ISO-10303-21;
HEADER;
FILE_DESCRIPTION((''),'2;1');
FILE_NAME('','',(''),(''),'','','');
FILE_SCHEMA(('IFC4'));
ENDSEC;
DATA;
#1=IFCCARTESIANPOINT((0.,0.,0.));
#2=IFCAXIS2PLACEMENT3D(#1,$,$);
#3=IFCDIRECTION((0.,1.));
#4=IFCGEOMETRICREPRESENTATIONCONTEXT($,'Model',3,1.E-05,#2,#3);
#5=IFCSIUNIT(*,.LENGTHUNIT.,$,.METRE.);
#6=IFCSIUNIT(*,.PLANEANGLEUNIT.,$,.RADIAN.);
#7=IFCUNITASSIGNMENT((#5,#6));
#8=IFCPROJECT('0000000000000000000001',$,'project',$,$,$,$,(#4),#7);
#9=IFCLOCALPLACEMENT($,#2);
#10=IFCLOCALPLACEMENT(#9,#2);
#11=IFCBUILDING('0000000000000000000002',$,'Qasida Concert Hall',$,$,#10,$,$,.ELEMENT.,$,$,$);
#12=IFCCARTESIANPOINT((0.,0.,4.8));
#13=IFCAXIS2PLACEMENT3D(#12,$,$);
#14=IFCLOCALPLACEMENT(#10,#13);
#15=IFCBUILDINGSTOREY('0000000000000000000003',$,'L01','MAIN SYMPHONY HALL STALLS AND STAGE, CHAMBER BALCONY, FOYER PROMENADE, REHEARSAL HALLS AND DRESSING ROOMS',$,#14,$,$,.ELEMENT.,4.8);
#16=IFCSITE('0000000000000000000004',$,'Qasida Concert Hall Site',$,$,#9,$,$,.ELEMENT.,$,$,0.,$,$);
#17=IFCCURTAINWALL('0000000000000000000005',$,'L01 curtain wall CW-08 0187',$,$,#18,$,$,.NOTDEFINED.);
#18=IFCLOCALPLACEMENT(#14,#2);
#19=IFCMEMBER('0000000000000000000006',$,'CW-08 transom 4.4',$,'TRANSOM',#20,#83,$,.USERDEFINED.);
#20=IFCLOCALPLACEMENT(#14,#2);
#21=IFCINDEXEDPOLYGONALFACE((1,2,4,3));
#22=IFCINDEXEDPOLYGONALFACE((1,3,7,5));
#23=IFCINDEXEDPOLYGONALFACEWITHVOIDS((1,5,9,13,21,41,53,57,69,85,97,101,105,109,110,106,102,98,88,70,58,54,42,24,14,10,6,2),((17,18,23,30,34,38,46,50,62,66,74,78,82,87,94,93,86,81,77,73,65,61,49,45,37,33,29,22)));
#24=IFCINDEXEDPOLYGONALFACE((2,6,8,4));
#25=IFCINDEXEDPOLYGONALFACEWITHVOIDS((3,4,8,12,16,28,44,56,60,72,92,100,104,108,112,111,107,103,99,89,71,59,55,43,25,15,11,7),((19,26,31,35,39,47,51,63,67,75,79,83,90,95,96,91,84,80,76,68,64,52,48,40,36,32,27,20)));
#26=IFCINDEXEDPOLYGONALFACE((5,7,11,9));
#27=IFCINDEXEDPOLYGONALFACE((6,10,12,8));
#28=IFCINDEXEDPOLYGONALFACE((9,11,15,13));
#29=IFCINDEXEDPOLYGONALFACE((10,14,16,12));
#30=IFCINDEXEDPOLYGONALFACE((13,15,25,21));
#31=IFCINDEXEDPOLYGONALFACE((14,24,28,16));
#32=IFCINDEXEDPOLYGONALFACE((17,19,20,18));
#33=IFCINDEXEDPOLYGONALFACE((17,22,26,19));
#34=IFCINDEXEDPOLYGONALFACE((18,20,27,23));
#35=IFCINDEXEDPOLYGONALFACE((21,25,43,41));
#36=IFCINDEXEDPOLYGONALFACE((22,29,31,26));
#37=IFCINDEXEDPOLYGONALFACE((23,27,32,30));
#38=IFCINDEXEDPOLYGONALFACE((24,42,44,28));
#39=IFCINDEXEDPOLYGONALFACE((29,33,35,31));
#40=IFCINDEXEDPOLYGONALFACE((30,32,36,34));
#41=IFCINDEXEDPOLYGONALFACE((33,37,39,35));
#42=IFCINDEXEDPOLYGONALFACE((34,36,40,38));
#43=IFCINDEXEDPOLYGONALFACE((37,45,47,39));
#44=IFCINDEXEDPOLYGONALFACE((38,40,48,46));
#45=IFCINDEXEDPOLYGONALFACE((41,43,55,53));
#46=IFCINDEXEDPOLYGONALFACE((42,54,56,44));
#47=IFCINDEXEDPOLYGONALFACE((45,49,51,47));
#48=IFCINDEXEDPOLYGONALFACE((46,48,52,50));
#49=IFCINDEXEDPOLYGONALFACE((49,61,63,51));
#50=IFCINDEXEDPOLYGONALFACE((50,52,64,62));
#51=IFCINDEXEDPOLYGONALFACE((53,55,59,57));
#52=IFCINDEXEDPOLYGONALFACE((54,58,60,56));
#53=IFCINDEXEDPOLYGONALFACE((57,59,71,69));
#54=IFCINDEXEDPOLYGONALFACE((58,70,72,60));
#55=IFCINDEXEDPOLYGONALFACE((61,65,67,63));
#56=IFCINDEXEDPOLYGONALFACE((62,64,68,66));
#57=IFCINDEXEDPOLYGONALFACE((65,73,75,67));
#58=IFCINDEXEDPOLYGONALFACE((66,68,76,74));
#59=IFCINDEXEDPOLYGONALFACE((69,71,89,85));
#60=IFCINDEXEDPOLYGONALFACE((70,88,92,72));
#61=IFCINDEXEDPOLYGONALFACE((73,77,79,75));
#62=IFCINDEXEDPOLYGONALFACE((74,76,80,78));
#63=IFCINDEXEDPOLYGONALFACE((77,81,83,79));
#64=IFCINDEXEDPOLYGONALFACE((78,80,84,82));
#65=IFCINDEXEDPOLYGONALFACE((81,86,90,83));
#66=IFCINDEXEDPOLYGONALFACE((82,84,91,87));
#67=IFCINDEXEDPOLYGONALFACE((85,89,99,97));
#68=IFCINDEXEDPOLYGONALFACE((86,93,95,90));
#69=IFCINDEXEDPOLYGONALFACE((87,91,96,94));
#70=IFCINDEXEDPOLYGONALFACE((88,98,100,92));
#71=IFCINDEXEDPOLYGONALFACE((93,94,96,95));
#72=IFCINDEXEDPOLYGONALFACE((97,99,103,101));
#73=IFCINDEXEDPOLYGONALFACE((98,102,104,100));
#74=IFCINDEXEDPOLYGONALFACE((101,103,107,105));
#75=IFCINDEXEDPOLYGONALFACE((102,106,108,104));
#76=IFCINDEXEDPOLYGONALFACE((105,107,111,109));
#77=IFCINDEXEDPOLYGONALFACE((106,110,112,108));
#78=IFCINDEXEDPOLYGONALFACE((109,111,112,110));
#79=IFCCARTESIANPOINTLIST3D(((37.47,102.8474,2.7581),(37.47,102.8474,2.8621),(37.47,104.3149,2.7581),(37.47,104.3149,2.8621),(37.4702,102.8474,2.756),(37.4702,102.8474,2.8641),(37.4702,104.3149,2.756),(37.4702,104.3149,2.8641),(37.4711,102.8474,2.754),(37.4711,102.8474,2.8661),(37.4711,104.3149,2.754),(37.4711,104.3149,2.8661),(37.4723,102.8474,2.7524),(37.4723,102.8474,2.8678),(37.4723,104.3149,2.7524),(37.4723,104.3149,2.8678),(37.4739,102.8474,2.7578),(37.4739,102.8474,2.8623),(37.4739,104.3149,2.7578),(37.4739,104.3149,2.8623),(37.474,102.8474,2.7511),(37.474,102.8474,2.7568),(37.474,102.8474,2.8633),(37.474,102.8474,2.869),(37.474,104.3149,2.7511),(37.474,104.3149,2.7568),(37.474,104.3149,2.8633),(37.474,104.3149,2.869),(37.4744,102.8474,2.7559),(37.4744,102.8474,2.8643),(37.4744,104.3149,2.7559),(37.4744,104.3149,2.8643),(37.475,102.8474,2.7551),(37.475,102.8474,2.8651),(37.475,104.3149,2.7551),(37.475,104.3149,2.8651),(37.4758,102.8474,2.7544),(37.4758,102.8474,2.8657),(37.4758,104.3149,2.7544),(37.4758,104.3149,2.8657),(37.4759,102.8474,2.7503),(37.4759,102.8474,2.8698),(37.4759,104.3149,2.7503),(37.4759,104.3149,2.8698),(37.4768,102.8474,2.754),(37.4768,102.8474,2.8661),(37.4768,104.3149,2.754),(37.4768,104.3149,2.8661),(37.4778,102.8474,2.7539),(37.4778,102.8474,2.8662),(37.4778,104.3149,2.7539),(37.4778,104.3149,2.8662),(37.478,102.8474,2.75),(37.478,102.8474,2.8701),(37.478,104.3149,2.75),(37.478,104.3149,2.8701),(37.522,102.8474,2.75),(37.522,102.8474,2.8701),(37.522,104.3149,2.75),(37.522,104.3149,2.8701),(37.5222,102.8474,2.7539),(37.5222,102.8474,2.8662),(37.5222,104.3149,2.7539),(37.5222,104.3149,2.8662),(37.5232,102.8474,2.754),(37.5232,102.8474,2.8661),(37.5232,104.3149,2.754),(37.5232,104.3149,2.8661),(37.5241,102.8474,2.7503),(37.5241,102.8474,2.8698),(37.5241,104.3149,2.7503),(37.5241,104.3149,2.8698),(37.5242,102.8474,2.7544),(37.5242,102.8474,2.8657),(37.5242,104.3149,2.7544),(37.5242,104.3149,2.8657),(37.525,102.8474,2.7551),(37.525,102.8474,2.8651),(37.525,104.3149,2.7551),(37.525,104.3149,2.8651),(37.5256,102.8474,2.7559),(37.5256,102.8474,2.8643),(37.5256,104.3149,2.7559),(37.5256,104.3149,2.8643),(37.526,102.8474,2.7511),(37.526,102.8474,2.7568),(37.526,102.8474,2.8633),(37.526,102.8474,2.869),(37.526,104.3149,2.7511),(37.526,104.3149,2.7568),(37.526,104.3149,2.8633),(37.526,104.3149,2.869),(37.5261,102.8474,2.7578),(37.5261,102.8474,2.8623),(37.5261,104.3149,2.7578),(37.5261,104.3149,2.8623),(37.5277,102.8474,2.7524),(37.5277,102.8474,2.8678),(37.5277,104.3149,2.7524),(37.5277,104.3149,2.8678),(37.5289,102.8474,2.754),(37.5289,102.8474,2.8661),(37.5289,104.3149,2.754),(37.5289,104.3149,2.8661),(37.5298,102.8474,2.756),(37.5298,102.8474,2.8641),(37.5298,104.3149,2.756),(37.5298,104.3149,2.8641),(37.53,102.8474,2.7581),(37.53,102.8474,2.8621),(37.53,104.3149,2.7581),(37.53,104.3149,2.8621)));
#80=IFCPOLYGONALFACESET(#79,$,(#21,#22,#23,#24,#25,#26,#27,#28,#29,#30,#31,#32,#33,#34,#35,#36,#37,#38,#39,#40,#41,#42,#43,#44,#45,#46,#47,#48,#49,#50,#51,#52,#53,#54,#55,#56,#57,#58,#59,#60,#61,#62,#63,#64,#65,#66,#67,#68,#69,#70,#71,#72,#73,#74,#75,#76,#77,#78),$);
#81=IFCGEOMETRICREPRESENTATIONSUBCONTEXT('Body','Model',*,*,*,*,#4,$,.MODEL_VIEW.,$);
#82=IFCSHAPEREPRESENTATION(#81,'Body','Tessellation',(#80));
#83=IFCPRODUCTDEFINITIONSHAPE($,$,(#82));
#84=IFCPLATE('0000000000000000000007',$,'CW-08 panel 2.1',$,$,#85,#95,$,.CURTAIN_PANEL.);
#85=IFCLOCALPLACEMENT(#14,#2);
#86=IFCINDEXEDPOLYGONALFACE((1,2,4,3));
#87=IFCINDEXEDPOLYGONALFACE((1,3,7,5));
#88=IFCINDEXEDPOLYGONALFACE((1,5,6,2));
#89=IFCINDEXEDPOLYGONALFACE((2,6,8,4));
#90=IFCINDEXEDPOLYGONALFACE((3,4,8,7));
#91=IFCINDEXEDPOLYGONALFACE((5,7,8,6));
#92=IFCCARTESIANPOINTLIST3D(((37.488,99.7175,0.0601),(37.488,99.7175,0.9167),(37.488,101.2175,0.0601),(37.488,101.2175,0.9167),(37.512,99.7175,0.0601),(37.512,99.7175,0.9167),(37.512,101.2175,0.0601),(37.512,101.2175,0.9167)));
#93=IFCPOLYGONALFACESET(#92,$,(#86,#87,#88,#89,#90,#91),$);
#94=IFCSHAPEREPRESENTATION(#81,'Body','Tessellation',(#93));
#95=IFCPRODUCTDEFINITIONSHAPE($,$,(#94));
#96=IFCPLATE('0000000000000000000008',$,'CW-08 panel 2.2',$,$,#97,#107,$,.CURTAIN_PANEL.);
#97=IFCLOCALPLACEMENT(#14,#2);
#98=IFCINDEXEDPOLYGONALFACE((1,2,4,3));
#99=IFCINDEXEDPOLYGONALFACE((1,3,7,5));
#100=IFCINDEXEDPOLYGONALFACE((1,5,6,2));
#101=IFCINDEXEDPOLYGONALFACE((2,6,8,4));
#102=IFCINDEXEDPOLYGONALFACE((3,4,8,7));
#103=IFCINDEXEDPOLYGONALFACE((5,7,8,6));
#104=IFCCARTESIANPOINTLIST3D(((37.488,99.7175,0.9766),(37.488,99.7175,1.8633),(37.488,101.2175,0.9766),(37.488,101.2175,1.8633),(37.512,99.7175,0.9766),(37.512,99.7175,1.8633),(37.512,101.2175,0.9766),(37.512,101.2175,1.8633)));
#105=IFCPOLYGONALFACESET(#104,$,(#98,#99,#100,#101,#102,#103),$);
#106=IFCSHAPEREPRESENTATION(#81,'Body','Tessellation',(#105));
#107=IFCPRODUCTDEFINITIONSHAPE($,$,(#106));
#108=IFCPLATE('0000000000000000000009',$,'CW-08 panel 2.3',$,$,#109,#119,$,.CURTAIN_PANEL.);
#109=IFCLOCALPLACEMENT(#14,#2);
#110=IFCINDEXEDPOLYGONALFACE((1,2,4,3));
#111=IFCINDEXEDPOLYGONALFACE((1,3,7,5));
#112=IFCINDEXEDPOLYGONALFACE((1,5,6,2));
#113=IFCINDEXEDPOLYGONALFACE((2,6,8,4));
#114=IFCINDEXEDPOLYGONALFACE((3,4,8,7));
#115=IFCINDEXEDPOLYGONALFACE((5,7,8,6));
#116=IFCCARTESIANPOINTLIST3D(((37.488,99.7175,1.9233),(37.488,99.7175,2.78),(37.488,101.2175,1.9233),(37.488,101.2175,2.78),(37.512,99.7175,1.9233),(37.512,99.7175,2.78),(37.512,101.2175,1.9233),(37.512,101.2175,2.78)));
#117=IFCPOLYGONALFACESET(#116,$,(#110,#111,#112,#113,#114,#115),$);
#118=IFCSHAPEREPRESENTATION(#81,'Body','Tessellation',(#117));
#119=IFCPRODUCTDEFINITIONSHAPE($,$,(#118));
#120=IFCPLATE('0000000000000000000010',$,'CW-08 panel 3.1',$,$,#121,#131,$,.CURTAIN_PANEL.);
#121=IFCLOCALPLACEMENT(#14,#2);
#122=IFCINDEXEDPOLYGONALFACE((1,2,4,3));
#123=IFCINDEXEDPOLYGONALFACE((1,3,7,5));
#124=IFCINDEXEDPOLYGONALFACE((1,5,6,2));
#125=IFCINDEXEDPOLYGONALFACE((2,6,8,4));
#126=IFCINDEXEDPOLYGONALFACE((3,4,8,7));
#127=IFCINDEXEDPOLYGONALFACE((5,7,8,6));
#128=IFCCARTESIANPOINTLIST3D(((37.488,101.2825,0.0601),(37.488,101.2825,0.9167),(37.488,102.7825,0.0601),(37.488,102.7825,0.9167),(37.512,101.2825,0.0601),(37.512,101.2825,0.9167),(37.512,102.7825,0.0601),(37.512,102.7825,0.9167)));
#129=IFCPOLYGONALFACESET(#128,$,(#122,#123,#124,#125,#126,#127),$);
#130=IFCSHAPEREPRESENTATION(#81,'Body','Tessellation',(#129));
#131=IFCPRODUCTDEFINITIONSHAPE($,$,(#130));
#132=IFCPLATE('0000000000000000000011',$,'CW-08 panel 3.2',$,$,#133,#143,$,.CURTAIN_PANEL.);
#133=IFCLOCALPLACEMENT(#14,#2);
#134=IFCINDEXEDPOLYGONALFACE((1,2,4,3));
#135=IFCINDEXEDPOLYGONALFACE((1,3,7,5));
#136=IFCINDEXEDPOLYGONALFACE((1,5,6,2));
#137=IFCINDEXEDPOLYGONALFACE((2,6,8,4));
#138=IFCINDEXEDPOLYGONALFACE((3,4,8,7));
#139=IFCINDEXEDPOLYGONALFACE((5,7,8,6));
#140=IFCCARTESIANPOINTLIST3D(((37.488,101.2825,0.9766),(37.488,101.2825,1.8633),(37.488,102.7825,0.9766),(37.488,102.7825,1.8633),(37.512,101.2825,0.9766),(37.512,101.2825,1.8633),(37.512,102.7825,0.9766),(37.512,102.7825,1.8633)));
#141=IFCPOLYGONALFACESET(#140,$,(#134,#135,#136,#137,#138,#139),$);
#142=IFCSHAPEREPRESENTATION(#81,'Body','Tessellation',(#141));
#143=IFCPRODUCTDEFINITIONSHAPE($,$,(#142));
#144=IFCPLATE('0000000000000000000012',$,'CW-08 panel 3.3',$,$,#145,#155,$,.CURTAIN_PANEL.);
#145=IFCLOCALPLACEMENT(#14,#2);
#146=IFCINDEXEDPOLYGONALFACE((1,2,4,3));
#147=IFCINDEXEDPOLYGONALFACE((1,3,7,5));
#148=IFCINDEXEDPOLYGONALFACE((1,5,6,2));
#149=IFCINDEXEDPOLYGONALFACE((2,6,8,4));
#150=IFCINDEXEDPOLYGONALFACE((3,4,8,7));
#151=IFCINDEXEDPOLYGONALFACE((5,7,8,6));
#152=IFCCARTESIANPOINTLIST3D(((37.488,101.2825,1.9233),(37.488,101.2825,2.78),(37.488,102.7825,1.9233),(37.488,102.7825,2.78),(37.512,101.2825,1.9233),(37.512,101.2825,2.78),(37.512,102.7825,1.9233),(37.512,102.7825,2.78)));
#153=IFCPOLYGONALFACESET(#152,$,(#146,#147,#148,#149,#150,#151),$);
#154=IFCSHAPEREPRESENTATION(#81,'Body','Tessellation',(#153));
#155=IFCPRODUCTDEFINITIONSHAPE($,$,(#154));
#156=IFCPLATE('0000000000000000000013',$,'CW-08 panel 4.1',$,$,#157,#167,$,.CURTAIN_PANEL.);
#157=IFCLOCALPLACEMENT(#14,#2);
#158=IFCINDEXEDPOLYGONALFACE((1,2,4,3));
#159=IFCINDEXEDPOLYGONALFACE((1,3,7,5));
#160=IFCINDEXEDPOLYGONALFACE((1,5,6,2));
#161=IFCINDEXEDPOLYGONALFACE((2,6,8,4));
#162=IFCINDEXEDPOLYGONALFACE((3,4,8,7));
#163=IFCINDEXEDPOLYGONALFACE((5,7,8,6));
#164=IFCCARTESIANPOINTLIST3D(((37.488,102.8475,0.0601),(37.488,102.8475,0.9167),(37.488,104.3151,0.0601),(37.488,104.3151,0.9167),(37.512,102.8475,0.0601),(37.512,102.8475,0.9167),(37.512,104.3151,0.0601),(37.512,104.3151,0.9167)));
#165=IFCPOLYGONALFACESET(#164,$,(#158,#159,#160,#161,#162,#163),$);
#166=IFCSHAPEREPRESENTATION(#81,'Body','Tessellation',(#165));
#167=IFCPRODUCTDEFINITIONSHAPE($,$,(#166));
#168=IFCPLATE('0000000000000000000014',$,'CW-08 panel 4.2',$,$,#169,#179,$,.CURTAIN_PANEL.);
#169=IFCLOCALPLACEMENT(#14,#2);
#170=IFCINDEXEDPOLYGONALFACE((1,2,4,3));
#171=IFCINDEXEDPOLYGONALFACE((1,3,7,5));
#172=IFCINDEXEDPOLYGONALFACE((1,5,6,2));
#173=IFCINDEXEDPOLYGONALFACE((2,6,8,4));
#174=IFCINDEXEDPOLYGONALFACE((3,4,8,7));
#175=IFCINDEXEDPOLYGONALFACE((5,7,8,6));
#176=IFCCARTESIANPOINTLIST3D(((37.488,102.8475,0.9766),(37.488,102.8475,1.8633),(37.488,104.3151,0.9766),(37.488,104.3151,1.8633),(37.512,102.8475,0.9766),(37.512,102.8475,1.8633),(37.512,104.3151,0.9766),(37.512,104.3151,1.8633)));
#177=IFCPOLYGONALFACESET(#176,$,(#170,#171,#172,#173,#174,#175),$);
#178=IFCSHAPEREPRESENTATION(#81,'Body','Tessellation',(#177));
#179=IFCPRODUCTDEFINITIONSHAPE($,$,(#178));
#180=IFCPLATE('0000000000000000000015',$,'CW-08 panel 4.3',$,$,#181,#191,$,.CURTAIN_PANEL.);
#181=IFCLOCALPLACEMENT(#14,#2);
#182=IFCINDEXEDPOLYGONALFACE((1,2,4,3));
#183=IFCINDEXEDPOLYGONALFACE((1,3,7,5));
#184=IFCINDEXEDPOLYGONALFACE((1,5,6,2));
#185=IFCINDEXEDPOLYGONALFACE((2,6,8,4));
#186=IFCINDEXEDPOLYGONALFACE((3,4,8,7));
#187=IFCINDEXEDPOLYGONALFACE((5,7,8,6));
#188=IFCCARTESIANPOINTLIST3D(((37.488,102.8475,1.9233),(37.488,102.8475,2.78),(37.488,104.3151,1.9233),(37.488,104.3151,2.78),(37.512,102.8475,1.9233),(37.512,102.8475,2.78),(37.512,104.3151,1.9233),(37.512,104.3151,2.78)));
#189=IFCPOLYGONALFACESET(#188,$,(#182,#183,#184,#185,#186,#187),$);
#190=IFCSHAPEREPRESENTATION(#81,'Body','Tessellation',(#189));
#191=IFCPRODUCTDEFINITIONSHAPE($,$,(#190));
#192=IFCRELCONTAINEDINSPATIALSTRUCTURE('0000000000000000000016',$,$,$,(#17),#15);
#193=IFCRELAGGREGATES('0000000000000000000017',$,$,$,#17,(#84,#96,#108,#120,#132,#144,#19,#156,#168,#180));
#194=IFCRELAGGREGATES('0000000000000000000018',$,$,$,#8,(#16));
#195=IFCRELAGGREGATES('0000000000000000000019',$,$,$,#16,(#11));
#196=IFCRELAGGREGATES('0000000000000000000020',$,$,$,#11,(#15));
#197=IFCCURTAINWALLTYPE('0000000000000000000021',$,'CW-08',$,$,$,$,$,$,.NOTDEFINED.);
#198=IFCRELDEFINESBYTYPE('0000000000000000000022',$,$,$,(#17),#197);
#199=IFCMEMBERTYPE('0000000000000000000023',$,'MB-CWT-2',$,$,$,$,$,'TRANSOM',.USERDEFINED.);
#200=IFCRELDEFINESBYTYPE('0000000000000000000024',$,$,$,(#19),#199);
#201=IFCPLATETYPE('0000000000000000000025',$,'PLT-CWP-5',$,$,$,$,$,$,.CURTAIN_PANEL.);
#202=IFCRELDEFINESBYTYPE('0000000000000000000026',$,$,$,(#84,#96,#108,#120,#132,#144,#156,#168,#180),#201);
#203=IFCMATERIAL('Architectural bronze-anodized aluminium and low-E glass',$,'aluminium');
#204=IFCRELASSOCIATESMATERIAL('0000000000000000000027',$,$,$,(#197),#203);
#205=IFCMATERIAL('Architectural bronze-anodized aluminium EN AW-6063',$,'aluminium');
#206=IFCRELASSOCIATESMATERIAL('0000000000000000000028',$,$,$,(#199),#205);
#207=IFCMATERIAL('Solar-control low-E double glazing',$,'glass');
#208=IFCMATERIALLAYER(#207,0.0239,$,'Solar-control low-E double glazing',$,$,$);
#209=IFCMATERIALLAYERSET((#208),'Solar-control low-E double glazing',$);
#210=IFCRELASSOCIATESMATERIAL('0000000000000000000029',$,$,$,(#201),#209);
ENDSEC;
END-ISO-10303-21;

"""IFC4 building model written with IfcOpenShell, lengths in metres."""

from ifc_helpers import new_model, si_unit, direction, frame, origin, origin_2d, place, context, subcontext, project, spatial, rectangle, hollow_rectangle, extrude, material, layer, layer_set, material_profile, profile_set, type_object, element, aggregate, save


model = new_model("IFC4")

# Units and contexts
model_context = context("Model", 3, precision=1e-05, world=origin(), true_north=direction((0.0, 1.0)))
body_context = subcontext(model_context, "Body", "Model", "MODEL_VIEW")
ifc_project = project(units=[si_unit("LENGTHUNIT", "METRE"), si_unit("PLANEANGLEUNIT", "RADIAN")], contexts=[model_context])

# Site, building, storey
site_placement = place(None, origin())
site = spatial("IfcSite", under=ifc_project, at=site_placement, Name="Qasida Concert Hall Site", CompositionType="ELEMENT", RefElevation=0.0)
building_placement = place(site_placement, origin())
building = spatial("IfcBuilding", under=site, at=building_placement, Name="Qasida Concert Hall", CompositionType="ELEMENT")
storey_placement = place(building_placement, frame((0.0, 0.0, 4.8)))
storey = spatial("IfcBuildingStorey", under=building, at=storey_placement, Name="L01", Description="MAIN SYMPHONY HALL STALLS AND STAGE, CHAMBER BALCONY, FOYER PROMENADE, REHEARSAL HALLS AND DRESSING ROOMS", CompositionType="ELEMENT", Elevation=4.8)

# Curtain wall, member, plates
ifc_material_1 = material(Name="Architectural bronze-anodized aluminium and low-E glass", Category="aluminium")
curtain_wall_type = type_object("IfcCurtainWallType", Name="CW-08", PredefinedType="NOTDEFINED", material=ifc_material_1)
curtain_wall_placement = place(storey_placement, origin())
curtain_wall = element("IfcCurtainWall", 1, at=curtain_wall_placement, inside=storey, type_object=curtain_wall_type, Name="L01 curtain wall CW-08 0187", PredefinedType="NOTDEFINED")
ifc_material_2 = material(Name="Architectural bronze-anodized aluminium EN AW-6063", Category="aluminium")
ifc_material_profile_1 = material_profile(ifc_material_2, hollow_rectangle(XDim=0.0601, YDim=0.1201, WallThickness=0.0039, InnerFilletRadius=0.0039, OuterFilletRadius=0.0081, at=origin_2d()), Name="CWT 120x60x4")
ifc_profile_set_1 = profile_set([ifc_material_profile_1], Name="Architectural bronze-anodized aluminium EN AW-6063")
member_type_1 = type_object("IfcMemberType", Name="MB-CWT-2", ElementType="TRANSOM", PredefinedType="USERDEFINED", material=ifc_profile_set_1)
member_1_placement = place(storey_placement, frame((37.5, 102.8474, 2.8101), z_axis=(0.0, 1.0, 0.0), x_axis=(-1.0, 0.0, 0.0)))
member_1 = element("IfcMember", 2, at=member_1_placement, type_object=member_type_1, Name="CW-08 transom 4.4", ObjectType="TRANSOM", PredefinedType="USERDEFINED", context=body_context, shape_type="SweptSolid", body=[
    extrude(hollow_rectangle(XDim=0.0601, YDim=0.1201, WallThickness=0.0039, InnerFilletRadius=0.0039, OuterFilletRadius=0.0081, at=origin_2d()), origin(), (0.0, 0.0, 1.0), 1.4675),
])
ifc_material_3 = material(Name="Solar-control low-E double glazing", Category="glass")
ifc_layer_1 = layer(ifc_material_3, 0.0239, Name="Solar-control low-E double glazing")
ifc_layer_set_1 = layer_set([ifc_layer_1], Name="Solar-control low-E double glazing")
plate_type = type_object("IfcPlateType", Name="PLT-CWP-5", PredefinedType="CURTAIN_PANEL", material=ifc_layer_set_1)
plate_1_placement = place(storey_placement, frame((37.5, 100.4675, 0.0601), z_axis=(0.0, 0.0, 1.0), x_axis=(0.0, 1.0, 0.0)))
plate_1 = element("IfcPlate", 3, at=plate_1_placement, type_object=plate_type, Name="CW-08 panel 2.1", PredefinedType="CURTAIN_PANEL", context=body_context, shape_type="SweptSolid", body=[
    extrude(rectangle(XDim=1.5, YDim=0.0239, at=origin_2d()), origin(), (0.0, 0.0, 1.0), 0.8567),
])
plate_2_placement = place(storey_placement, frame((37.5, 100.4675, 0.9766), z_axis=(0.0, 0.0, 1.0), x_axis=(0.0, 1.0, 0.0)))
plate_2 = element("IfcPlate", 4, at=plate_2_placement, type_object=plate_type, Name="CW-08 panel 2.2", PredefinedType="CURTAIN_PANEL", context=body_context, shape_type="SweptSolid", body=[
    extrude(rectangle(XDim=1.5, YDim=0.0239, at=origin_2d()), origin(), (0.0, 0.0, 1.0), 0.8867),
])
plate_3_placement = place(storey_placement, frame((37.5, 100.4675, 1.9233), z_axis=(0.0, 0.0, 1.0), x_axis=(0.0, 1.0, 0.0)))
plate_3 = element("IfcPlate", 5, at=plate_3_placement, type_object=plate_type, Name="CW-08 panel 2.3", PredefinedType="CURTAIN_PANEL", context=body_context, shape_type="SweptSolid", body=[
    extrude(rectangle(XDim=1.5, YDim=0.0239, at=origin_2d()), origin(), (0.0, 0.0, 1.0), 0.8567),
])
plate_4_placement = place(storey_placement, frame((37.5, 102.0325, 0.0601), z_axis=(0.0, 0.0, 1.0), x_axis=(0.0, 1.0, 0.0)))
plate_4 = element("IfcPlate", 6, at=plate_4_placement, type_object=plate_type, Name="CW-08 panel 3.1", PredefinedType="CURTAIN_PANEL", context=body_context, shape_type="SweptSolid", body=[
    extrude(rectangle(XDim=1.5, YDim=0.0239, at=origin_2d()), origin(), (0.0, 0.0, 1.0), 0.8567),
])
plate_5_placement = place(storey_placement, frame((37.5, 102.0325, 0.9766), z_axis=(0.0, 0.0, 1.0), x_axis=(0.0, 1.0, 0.0)))
plate_5 = element("IfcPlate", 7, at=plate_5_placement, type_object=plate_type, Name="CW-08 panel 3.2", PredefinedType="CURTAIN_PANEL", context=body_context, shape_type="SweptSolid", body=[
    extrude(rectangle(XDim=1.5, YDim=0.0239, at=origin_2d()), origin(), (0.0, 0.0, 1.0), 0.8867),
])
plate_6_placement = place(storey_placement, frame((37.5, 102.0325, 1.9233), z_axis=(0.0, 0.0, 1.0), x_axis=(0.0, 1.0, 0.0)))
plate_6 = element("IfcPlate", 8, at=plate_6_placement, type_object=plate_type, Name="CW-08 panel 3.3", PredefinedType="CURTAIN_PANEL", context=body_context, shape_type="SweptSolid", body=[
    extrude(rectangle(XDim=1.5, YDim=0.0239, at=origin_2d()), origin(), (0.0, 0.0, 1.0), 0.8567),
])
plate_7_placement = place(storey_placement, frame((37.5, 103.5813, 0.0601), z_axis=(0.0, 0.0, 1.0), x_axis=(0.0, 1.0, 0.0)))
plate_7 = element("IfcPlate", 9, at=plate_7_placement, type_object=plate_type, Name="CW-08 panel 4.1", PredefinedType="CURTAIN_PANEL", context=body_context, shape_type="SweptSolid", body=[
    extrude(rectangle(XDim=1.4675, YDim=0.0239, at=origin_2d()), origin(), (0.0, 0.0, 1.0), 0.8567),
])
plate_8_placement = place(storey_placement, frame((37.5, 103.5813, 0.9766), z_axis=(0.0, 0.0, 1.0), x_axis=(0.0, 1.0, 0.0)))
plate_8 = element("IfcPlate", 10, at=plate_8_placement, type_object=plate_type, Name="CW-08 panel 4.2", PredefinedType="CURTAIN_PANEL", context=body_context, shape_type="SweptSolid", body=[
    extrude(rectangle(XDim=1.4675, YDim=0.0239, at=origin_2d()), origin(), (0.0, 0.0, 1.0), 0.8867),
])
plate_9_placement = place(storey_placement, frame((37.5, 103.5813, 1.9233), z_axis=(0.0, 0.0, 1.0), x_axis=(0.0, 1.0, 0.0)))
plate_9 = element("IfcPlate", 11, at=plate_9_placement, type_object=plate_type, Name="CW-08 panel 4.3", PredefinedType="CURTAIN_PANEL", context=body_context, shape_type="SweptSolid", body=[
    extrude(rectangle(XDim=1.4675, YDim=0.0239, at=origin_2d()), origin(), (0.0, 0.0, 1.0), 0.8567),
])
aggregate(curtain_wall, [plate_1, plate_2, plate_3, plate_4, plate_5, plate_6, member_1, plate_7, plate_8, plate_9])

save(model, "model.ifc")
